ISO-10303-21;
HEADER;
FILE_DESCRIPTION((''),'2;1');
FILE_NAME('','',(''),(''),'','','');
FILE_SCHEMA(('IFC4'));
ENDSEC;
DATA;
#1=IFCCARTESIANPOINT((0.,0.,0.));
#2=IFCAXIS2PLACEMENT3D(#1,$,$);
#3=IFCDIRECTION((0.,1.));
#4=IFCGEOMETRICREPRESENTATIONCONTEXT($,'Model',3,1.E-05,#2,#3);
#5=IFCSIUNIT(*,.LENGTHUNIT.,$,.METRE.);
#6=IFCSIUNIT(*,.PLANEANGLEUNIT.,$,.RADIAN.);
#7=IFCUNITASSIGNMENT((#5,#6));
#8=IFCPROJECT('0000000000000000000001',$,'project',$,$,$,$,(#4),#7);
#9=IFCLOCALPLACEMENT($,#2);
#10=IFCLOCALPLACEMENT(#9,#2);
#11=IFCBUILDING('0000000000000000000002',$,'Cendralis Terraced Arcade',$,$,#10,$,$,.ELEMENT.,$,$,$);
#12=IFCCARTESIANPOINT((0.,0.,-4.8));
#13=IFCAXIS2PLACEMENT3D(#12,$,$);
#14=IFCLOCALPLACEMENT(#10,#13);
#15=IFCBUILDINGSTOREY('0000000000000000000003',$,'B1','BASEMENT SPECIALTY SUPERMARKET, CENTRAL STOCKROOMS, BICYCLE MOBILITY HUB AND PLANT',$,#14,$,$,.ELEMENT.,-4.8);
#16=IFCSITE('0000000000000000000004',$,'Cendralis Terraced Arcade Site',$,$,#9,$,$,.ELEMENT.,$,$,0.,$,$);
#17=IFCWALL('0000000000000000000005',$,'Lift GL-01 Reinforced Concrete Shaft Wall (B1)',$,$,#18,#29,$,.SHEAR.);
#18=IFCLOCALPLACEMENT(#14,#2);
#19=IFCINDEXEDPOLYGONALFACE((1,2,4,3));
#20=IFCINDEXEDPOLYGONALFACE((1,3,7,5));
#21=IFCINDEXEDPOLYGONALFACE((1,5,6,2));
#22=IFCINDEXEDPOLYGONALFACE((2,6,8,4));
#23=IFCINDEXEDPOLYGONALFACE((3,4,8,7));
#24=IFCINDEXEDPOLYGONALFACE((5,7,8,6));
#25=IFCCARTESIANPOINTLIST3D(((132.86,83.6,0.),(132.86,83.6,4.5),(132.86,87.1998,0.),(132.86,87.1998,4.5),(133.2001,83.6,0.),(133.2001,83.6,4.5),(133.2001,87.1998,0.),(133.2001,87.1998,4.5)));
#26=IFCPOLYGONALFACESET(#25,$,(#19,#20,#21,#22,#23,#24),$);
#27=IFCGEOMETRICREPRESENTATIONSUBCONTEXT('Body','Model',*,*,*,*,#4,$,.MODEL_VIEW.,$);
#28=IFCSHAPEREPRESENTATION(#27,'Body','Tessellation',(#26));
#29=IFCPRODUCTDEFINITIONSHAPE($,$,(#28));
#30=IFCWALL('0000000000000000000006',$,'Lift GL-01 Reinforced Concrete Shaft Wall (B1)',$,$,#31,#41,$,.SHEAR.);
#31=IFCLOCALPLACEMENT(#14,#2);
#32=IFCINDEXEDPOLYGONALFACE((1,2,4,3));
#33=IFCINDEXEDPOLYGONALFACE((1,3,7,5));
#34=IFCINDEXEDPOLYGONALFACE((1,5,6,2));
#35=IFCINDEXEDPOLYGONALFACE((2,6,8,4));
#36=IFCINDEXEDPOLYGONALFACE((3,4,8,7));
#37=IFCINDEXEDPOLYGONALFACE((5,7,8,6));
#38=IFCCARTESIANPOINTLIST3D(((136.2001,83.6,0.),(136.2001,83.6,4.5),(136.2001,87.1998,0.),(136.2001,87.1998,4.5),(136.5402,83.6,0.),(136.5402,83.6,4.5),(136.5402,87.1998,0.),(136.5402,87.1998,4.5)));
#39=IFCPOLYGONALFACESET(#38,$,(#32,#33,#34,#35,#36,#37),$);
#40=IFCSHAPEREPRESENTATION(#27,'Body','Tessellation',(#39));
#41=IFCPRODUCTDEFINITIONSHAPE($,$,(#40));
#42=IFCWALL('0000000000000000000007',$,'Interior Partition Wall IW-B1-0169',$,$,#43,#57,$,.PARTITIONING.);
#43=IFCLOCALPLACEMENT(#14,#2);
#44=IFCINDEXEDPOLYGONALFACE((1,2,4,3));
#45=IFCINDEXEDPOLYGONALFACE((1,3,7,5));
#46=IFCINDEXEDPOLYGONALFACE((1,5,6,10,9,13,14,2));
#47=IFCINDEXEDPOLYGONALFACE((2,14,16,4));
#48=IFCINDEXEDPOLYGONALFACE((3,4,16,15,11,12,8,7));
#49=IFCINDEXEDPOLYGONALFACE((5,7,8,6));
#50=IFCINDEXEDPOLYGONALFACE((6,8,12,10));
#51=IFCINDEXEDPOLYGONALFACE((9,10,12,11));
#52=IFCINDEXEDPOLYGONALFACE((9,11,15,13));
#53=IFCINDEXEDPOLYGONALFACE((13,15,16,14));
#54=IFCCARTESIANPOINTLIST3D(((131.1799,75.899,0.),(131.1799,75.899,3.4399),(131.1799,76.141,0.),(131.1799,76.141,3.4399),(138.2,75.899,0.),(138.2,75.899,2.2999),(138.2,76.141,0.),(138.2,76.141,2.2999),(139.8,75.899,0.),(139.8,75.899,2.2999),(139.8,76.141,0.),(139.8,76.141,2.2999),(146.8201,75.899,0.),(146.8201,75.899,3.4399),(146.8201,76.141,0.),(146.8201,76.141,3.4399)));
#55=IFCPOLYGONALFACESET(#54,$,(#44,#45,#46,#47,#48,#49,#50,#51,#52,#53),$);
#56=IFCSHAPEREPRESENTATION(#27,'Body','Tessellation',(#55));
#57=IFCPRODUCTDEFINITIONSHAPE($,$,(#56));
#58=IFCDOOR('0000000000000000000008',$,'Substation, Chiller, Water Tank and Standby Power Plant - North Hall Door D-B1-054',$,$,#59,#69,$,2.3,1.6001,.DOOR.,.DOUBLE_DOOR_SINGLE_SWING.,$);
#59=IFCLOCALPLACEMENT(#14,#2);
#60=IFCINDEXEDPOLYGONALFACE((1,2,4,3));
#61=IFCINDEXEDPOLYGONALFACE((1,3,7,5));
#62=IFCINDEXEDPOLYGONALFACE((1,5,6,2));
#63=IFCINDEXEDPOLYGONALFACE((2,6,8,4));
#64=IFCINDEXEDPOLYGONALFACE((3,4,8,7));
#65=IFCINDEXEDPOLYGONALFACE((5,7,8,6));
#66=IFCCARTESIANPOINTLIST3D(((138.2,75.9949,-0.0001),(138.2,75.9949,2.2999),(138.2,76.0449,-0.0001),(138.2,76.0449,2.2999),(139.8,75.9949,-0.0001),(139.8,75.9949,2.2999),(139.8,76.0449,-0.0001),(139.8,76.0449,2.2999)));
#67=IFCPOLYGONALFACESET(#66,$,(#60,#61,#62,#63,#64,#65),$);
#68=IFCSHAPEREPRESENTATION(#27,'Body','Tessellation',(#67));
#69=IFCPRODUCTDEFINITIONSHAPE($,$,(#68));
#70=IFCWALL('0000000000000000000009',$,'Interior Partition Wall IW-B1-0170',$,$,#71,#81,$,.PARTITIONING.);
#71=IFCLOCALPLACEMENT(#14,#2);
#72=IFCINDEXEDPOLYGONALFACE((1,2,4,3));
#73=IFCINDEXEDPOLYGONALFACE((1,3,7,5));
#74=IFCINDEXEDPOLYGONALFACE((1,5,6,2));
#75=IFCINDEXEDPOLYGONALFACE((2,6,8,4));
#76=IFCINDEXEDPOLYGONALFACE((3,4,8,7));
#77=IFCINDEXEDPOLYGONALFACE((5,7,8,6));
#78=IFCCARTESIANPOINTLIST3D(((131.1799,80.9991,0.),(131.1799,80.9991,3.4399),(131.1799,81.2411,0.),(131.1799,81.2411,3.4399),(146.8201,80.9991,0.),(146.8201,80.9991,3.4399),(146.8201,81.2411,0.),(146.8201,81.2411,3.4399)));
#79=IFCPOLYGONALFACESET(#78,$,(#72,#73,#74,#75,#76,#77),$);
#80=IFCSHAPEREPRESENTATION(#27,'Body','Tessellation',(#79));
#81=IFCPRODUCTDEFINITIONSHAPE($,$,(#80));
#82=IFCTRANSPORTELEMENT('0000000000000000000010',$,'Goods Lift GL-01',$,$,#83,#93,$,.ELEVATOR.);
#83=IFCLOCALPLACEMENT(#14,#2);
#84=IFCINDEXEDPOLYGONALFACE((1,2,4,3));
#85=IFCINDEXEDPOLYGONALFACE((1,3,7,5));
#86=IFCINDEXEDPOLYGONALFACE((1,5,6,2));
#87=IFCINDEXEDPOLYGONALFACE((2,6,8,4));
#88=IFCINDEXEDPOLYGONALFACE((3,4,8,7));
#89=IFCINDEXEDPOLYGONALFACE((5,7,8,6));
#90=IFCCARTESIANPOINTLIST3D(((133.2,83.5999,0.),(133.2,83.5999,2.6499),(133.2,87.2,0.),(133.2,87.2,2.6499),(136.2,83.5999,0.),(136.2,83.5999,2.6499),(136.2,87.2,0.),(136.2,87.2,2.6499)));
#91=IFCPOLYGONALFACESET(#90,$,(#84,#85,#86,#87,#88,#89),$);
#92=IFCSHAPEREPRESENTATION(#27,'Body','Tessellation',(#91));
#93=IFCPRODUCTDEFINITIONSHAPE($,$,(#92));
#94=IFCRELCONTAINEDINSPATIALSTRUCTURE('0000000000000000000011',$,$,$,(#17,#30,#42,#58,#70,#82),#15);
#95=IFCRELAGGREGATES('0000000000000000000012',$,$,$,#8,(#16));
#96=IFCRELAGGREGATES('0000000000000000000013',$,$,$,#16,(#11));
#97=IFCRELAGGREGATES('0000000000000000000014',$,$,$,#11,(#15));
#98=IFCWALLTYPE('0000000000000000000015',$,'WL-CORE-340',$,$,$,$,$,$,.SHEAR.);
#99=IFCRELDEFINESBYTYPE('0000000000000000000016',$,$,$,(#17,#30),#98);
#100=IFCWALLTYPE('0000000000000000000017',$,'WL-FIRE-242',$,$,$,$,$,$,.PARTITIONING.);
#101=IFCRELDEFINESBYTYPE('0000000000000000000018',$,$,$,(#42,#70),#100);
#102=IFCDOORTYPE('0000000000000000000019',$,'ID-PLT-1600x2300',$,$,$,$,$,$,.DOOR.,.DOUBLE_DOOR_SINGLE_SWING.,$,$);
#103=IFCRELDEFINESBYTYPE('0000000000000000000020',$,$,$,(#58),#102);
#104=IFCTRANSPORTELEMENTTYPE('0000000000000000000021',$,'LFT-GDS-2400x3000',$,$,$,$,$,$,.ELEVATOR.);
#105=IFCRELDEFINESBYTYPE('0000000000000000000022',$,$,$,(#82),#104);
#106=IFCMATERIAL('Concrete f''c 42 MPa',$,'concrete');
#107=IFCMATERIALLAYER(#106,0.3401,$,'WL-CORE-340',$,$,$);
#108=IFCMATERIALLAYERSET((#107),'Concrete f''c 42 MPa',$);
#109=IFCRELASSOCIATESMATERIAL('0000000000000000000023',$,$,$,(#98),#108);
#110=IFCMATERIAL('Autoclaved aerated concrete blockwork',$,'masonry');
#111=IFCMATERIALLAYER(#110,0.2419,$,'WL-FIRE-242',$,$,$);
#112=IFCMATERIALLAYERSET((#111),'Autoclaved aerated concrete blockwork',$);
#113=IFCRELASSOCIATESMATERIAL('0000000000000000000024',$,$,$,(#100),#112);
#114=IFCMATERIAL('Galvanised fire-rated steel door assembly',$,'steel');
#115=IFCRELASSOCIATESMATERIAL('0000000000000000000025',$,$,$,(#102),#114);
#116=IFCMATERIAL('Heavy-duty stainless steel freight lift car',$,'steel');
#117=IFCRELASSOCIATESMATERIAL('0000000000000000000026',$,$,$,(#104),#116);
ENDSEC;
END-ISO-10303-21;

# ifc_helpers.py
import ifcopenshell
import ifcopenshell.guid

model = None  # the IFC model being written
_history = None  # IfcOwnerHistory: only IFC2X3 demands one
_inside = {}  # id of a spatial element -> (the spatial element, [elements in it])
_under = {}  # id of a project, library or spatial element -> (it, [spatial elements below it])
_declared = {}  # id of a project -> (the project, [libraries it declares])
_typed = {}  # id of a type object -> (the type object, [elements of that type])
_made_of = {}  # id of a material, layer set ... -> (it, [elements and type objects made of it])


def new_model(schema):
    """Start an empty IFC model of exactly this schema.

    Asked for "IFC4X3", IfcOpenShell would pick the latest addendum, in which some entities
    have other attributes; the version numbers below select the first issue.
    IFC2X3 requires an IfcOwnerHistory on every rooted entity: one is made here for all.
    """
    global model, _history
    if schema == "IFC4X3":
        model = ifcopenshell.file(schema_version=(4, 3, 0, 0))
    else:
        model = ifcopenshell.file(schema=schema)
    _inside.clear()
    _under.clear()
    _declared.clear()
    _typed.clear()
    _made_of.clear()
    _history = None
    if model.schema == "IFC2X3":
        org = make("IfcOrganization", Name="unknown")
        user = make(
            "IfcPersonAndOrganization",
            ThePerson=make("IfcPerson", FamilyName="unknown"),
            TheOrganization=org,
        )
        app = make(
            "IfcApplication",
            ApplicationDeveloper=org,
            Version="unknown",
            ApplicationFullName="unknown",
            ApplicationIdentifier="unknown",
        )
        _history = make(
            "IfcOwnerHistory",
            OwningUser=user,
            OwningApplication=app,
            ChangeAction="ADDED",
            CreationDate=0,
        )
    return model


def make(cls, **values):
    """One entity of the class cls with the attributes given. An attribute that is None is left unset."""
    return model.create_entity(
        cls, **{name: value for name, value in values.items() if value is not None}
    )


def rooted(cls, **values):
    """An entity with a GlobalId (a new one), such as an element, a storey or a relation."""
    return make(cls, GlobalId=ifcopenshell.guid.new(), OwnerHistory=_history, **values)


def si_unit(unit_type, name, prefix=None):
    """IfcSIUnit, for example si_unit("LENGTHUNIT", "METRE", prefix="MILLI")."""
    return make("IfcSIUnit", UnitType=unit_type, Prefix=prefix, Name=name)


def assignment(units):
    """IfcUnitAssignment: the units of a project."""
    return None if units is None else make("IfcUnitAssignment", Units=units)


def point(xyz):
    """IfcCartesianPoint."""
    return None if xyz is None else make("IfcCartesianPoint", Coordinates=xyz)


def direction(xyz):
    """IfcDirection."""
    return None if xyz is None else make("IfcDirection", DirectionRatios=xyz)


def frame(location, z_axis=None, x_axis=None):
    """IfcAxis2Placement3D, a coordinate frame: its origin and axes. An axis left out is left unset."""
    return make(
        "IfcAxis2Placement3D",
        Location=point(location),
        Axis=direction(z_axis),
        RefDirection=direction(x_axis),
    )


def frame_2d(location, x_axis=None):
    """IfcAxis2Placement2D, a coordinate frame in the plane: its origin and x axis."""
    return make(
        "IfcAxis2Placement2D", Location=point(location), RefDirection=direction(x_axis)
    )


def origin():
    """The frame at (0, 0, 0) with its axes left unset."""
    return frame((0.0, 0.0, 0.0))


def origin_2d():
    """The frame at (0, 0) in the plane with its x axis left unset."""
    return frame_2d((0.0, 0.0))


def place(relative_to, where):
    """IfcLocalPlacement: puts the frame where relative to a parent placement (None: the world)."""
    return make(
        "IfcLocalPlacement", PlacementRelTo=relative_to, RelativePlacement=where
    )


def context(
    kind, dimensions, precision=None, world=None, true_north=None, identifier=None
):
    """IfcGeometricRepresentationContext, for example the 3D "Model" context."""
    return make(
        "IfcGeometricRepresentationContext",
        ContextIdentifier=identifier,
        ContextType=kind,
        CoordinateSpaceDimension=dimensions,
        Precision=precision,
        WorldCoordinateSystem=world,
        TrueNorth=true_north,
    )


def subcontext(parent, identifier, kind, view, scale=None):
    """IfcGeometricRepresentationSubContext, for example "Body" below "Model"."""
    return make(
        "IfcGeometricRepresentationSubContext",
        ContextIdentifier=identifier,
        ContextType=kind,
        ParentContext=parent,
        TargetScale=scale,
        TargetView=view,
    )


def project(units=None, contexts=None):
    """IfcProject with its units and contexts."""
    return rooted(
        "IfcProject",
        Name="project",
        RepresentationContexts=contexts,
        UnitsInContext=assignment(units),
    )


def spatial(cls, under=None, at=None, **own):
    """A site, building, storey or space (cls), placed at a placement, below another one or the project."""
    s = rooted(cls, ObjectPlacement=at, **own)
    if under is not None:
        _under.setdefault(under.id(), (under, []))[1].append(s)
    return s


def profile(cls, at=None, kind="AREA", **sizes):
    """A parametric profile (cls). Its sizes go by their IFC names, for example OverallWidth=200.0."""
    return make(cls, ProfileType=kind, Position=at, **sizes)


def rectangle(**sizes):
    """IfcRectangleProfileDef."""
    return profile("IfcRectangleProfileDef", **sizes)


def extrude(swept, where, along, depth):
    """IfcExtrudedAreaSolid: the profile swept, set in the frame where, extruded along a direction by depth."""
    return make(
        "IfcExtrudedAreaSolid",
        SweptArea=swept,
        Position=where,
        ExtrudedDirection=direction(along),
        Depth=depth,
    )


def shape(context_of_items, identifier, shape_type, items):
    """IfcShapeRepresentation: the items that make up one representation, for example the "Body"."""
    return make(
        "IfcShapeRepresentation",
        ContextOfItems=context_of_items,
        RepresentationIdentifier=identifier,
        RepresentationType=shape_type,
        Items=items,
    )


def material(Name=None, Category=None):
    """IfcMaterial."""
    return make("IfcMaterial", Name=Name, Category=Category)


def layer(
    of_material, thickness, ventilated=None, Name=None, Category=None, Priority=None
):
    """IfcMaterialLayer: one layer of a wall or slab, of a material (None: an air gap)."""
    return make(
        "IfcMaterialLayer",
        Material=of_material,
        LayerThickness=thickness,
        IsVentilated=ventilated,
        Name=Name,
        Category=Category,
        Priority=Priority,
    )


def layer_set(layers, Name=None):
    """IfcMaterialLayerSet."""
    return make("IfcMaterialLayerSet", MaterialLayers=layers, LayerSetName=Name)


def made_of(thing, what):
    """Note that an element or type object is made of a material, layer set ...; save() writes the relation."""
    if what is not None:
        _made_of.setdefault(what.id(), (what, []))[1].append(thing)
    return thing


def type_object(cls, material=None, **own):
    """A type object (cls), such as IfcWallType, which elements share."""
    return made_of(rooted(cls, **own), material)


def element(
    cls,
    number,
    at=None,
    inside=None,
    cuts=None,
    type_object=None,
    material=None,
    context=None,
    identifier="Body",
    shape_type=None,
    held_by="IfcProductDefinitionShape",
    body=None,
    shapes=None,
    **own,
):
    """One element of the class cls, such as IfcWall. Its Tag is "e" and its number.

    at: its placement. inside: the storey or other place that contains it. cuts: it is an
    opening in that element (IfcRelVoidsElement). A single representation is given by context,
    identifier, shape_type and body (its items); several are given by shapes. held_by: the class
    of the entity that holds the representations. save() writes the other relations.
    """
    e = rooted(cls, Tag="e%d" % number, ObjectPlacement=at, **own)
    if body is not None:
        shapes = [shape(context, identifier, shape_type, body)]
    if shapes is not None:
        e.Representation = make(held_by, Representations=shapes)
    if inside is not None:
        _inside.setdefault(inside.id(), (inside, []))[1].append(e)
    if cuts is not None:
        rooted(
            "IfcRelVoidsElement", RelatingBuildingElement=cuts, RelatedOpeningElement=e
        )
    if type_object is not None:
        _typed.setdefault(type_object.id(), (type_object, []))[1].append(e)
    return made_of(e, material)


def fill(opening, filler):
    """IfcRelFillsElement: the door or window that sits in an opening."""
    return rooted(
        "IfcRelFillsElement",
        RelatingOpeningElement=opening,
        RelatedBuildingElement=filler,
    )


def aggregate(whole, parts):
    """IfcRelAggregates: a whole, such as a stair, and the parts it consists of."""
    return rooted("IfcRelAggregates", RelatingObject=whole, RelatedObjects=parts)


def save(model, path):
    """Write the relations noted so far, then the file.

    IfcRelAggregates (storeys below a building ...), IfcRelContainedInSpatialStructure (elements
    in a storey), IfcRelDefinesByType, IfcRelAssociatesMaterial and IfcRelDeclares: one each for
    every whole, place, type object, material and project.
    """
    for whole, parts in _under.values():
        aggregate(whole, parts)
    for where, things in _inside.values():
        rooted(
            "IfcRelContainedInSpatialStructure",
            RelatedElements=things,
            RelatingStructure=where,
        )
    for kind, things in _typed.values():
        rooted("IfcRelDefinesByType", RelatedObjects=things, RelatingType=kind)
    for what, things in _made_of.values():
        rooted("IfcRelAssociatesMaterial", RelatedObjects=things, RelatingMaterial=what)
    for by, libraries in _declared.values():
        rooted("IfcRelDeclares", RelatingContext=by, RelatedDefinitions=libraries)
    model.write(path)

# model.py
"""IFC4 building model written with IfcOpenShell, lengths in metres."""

from ifc_helpers import new_model, si_unit, direction, frame, frame_2d, origin, origin_2d, place, context, subcontext, project, spatial, rectangle, extrude, material, layer, layer_set, type_object, element, fill, save


model = new_model("IFC4")

# Units and contexts
model_context = context("Model", 3, precision=1e-05, world=origin(), true_north=direction((0.0, 1.0)))
body_context = subcontext(model_context, "Body", "Model", "MODEL_VIEW")
ifc_project = project(units=[si_unit("LENGTHUNIT", "METRE"), si_unit("PLANEANGLEUNIT", "RADIAN")], contexts=[model_context])

# Site, building, storey
site_placement = place(None, origin())
site = spatial("IfcSite", under=ifc_project, at=site_placement, Name="Cendralis Terraced Arcade Site", CompositionType="ELEMENT", RefElevation=0.0)
building_placement = place(site_placement, origin())
building = spatial("IfcBuilding", under=site, at=building_placement, Name="Cendralis Terraced Arcade", CompositionType="ELEMENT")
storey_placement = place(building_placement, frame((0.0, 0.0, -4.8)))
storey = spatial("IfcBuildingStorey", under=building, at=storey_placement, Name="B1", Description="BASEMENT SPECIALTY SUPERMARKET, CENTRAL STOCKROOMS, BICYCLE MOBILITY HUB AND PLANT", CompositionType="ELEMENT", Elevation=-4.8)

# Shared definitions
ifc_material_1 = material(Name="Concrete f'c 42 MPa", Category="concrete")

# Shared definitions
ifc_layer_1 = layer(ifc_material_1, 0.3401, Name="WL-CORE-340")
ifc_layer_set_1 = layer_set([ifc_layer_1], Name="Concrete f'c 42 MPa")
wall_type_1 = type_object("IfcWallType", Name="WL-CORE-340", PredefinedType="SHEAR", material=ifc_layer_set_1)

# Walls
for number, where, z_axis, x_axis, name in (
    (1, (133.03, 83.6001, 0.0), (0.0, 0.0, 1.0), (0.0, 1.0, 0.0), "Lift GL-01 Reinforced Concrete Shaft Wall (B1)"),
    (2, (136.3701, 83.6001, 0.0), (0.0, 0.0, 1.0), (0.0, 1.0, 0.0), "Lift GL-01 Reinforced Concrete Shaft Wall (B1)"),
):
    element("IfcWall", number, at=place(storey_placement, frame(where, z_axis=z_axis, x_axis=x_axis)), inside=storey, type_object=wall_type_1, Name=name, PredefinedType="SHEAR", context=body_context, shape_type="SweptSolid", body=[
        extrude(rectangle(XDim=3.5999, YDim=0.3401, at=frame_2d((1.7998, 0.0))), origin(), (0.0, 0.0, 1.0), 4.5),
    ])

# Wall, opening, door
ifc_material_2 = material(Name="Autoclaved aerated concrete blockwork", Category="masonry")
ifc_layer_2 = layer(ifc_material_2, 0.2419, Name="WL-FIRE-242")
ifc_layer_set_2 = layer_set([ifc_layer_2], Name="Autoclaved aerated concrete blockwork")
wall_type_2 = type_object("IfcWallType", Name="WL-FIRE-242", PredefinedType="PARTITIONING", material=ifc_layer_set_2)
wall_1_placement = place(storey_placement, frame((131.1799, 76.02, 0.0), z_axis=(0.0, 0.0, 1.0), x_axis=(1.0, 0.0, 0.0)))
wall_1 = element("IfcWall", 3, at=wall_1_placement, inside=storey, type_object=wall_type_2, Name="Interior Partition Wall IW-B1-0169", PredefinedType="PARTITIONING", context=body_context, shape_type="SweptSolid", body=[
    extrude(rectangle(XDim=15.6401, YDim=0.2419, at=frame_2d((7.8201, 0.0))), origin(), (0.0, 0.0, 1.0), 3.4399),
])
opening_1_placement = place(wall_1_placement, frame((7.02, 0.0, 0.0)))
opening_1 = element("IfcOpeningElement", 4, at=opening_1_placement, cuts=wall_1, PredefinedType="OPENING", context=body_context, shape_type="SweptSolid", body=[
    extrude(rectangle(XDim=1.6001, YDim=2.3, at=frame_2d((0.8, 1.1499))), frame((0.0, 0.1328, 0.0), z_axis=(0.0, -1.0, 0.0), x_axis=(1.0, 0.0, 0.0)), (0.0, 0.0, 1.0), 0.2659),
])
ifc_material_3 = material(Name="Galvanised fire-rated steel door assembly", Category="steel")
door_type_1 = type_object("IfcDoorType", Name="ID-PLT-1600x2300", OperationType="DOUBLE_DOOR_SINGLE_SWING", PredefinedType="DOOR", material=ifc_material_3)
door_1_placement = place(opening_1_placement, origin())
door_1 = element("IfcDoor", 5, at=door_1_placement, inside=storey, type_object=door_type_1, Name="Substation, Chiller, Water Tank and Standby Power Plant - North Hall Door D-B1-054", OperationType="DOUBLE_DOOR_SINGLE_SWING", OverallHeight=2.3, OverallWidth=1.6001, PredefinedType="DOOR", context=body_context, shape_type="SweptSolid", body=[
    extrude(rectangle(XDim=1.6001, YDim=2.3, at=frame_2d((0.8, 1.1499))), frame((0.0, 0.0249, 0.0), z_axis=(0.0, -1.0, 0.0), x_axis=(1.0, 0.0, 0.0)), (0.0, 0.0, 1.0), 0.05),
])
fill(opening_1, door_1)

# Wall
wall_2_placement = place(storey_placement, frame((131.1799, 81.1201, 0.0), z_axis=(0.0, 0.0, 1.0), x_axis=(1.0, 0.0, 0.0)))
element("IfcWall", 6, at=wall_2_placement, inside=storey, type_object=wall_type_2, Name="Interior Partition Wall IW-B1-0170", PredefinedType="PARTITIONING", context=body_context, shape_type="SweptSolid", body=[
    extrude(rectangle(XDim=15.6401, YDim=0.2419, at=frame_2d((7.8201, 0.0))), origin(), (0.0, 0.0, 1.0), 3.4399),
])

# Transport element
ifc_material_4 = material(Name="Heavy-duty stainless steel freight lift car", Category="steel")
transport_element_type = type_object("IfcTransportElementType", Name="LFT-GDS-2400x3000", PredefinedType="ELEVATOR", material=ifc_material_4)
transport_element_placement = place(storey_placement, frame((134.7, 85.3999, 0.0), z_axis=(0.0, 0.0, 1.0), x_axis=(1.0, 0.0, 0.0)))
element("IfcTransportElement", 7, at=transport_element_placement, inside=storey, type_object=transport_element_type, Name="Goods Lift GL-01", PredefinedType="ELEVATOR", context=body_context, shape_type="SweptSolid", body=[
    extrude(rectangle(XDim=3.0, YDim=3.6001, at=origin_2d()), origin(), (0.0, 0.0, 1.0), 2.6499),
])

save(model, "model.ifc")
